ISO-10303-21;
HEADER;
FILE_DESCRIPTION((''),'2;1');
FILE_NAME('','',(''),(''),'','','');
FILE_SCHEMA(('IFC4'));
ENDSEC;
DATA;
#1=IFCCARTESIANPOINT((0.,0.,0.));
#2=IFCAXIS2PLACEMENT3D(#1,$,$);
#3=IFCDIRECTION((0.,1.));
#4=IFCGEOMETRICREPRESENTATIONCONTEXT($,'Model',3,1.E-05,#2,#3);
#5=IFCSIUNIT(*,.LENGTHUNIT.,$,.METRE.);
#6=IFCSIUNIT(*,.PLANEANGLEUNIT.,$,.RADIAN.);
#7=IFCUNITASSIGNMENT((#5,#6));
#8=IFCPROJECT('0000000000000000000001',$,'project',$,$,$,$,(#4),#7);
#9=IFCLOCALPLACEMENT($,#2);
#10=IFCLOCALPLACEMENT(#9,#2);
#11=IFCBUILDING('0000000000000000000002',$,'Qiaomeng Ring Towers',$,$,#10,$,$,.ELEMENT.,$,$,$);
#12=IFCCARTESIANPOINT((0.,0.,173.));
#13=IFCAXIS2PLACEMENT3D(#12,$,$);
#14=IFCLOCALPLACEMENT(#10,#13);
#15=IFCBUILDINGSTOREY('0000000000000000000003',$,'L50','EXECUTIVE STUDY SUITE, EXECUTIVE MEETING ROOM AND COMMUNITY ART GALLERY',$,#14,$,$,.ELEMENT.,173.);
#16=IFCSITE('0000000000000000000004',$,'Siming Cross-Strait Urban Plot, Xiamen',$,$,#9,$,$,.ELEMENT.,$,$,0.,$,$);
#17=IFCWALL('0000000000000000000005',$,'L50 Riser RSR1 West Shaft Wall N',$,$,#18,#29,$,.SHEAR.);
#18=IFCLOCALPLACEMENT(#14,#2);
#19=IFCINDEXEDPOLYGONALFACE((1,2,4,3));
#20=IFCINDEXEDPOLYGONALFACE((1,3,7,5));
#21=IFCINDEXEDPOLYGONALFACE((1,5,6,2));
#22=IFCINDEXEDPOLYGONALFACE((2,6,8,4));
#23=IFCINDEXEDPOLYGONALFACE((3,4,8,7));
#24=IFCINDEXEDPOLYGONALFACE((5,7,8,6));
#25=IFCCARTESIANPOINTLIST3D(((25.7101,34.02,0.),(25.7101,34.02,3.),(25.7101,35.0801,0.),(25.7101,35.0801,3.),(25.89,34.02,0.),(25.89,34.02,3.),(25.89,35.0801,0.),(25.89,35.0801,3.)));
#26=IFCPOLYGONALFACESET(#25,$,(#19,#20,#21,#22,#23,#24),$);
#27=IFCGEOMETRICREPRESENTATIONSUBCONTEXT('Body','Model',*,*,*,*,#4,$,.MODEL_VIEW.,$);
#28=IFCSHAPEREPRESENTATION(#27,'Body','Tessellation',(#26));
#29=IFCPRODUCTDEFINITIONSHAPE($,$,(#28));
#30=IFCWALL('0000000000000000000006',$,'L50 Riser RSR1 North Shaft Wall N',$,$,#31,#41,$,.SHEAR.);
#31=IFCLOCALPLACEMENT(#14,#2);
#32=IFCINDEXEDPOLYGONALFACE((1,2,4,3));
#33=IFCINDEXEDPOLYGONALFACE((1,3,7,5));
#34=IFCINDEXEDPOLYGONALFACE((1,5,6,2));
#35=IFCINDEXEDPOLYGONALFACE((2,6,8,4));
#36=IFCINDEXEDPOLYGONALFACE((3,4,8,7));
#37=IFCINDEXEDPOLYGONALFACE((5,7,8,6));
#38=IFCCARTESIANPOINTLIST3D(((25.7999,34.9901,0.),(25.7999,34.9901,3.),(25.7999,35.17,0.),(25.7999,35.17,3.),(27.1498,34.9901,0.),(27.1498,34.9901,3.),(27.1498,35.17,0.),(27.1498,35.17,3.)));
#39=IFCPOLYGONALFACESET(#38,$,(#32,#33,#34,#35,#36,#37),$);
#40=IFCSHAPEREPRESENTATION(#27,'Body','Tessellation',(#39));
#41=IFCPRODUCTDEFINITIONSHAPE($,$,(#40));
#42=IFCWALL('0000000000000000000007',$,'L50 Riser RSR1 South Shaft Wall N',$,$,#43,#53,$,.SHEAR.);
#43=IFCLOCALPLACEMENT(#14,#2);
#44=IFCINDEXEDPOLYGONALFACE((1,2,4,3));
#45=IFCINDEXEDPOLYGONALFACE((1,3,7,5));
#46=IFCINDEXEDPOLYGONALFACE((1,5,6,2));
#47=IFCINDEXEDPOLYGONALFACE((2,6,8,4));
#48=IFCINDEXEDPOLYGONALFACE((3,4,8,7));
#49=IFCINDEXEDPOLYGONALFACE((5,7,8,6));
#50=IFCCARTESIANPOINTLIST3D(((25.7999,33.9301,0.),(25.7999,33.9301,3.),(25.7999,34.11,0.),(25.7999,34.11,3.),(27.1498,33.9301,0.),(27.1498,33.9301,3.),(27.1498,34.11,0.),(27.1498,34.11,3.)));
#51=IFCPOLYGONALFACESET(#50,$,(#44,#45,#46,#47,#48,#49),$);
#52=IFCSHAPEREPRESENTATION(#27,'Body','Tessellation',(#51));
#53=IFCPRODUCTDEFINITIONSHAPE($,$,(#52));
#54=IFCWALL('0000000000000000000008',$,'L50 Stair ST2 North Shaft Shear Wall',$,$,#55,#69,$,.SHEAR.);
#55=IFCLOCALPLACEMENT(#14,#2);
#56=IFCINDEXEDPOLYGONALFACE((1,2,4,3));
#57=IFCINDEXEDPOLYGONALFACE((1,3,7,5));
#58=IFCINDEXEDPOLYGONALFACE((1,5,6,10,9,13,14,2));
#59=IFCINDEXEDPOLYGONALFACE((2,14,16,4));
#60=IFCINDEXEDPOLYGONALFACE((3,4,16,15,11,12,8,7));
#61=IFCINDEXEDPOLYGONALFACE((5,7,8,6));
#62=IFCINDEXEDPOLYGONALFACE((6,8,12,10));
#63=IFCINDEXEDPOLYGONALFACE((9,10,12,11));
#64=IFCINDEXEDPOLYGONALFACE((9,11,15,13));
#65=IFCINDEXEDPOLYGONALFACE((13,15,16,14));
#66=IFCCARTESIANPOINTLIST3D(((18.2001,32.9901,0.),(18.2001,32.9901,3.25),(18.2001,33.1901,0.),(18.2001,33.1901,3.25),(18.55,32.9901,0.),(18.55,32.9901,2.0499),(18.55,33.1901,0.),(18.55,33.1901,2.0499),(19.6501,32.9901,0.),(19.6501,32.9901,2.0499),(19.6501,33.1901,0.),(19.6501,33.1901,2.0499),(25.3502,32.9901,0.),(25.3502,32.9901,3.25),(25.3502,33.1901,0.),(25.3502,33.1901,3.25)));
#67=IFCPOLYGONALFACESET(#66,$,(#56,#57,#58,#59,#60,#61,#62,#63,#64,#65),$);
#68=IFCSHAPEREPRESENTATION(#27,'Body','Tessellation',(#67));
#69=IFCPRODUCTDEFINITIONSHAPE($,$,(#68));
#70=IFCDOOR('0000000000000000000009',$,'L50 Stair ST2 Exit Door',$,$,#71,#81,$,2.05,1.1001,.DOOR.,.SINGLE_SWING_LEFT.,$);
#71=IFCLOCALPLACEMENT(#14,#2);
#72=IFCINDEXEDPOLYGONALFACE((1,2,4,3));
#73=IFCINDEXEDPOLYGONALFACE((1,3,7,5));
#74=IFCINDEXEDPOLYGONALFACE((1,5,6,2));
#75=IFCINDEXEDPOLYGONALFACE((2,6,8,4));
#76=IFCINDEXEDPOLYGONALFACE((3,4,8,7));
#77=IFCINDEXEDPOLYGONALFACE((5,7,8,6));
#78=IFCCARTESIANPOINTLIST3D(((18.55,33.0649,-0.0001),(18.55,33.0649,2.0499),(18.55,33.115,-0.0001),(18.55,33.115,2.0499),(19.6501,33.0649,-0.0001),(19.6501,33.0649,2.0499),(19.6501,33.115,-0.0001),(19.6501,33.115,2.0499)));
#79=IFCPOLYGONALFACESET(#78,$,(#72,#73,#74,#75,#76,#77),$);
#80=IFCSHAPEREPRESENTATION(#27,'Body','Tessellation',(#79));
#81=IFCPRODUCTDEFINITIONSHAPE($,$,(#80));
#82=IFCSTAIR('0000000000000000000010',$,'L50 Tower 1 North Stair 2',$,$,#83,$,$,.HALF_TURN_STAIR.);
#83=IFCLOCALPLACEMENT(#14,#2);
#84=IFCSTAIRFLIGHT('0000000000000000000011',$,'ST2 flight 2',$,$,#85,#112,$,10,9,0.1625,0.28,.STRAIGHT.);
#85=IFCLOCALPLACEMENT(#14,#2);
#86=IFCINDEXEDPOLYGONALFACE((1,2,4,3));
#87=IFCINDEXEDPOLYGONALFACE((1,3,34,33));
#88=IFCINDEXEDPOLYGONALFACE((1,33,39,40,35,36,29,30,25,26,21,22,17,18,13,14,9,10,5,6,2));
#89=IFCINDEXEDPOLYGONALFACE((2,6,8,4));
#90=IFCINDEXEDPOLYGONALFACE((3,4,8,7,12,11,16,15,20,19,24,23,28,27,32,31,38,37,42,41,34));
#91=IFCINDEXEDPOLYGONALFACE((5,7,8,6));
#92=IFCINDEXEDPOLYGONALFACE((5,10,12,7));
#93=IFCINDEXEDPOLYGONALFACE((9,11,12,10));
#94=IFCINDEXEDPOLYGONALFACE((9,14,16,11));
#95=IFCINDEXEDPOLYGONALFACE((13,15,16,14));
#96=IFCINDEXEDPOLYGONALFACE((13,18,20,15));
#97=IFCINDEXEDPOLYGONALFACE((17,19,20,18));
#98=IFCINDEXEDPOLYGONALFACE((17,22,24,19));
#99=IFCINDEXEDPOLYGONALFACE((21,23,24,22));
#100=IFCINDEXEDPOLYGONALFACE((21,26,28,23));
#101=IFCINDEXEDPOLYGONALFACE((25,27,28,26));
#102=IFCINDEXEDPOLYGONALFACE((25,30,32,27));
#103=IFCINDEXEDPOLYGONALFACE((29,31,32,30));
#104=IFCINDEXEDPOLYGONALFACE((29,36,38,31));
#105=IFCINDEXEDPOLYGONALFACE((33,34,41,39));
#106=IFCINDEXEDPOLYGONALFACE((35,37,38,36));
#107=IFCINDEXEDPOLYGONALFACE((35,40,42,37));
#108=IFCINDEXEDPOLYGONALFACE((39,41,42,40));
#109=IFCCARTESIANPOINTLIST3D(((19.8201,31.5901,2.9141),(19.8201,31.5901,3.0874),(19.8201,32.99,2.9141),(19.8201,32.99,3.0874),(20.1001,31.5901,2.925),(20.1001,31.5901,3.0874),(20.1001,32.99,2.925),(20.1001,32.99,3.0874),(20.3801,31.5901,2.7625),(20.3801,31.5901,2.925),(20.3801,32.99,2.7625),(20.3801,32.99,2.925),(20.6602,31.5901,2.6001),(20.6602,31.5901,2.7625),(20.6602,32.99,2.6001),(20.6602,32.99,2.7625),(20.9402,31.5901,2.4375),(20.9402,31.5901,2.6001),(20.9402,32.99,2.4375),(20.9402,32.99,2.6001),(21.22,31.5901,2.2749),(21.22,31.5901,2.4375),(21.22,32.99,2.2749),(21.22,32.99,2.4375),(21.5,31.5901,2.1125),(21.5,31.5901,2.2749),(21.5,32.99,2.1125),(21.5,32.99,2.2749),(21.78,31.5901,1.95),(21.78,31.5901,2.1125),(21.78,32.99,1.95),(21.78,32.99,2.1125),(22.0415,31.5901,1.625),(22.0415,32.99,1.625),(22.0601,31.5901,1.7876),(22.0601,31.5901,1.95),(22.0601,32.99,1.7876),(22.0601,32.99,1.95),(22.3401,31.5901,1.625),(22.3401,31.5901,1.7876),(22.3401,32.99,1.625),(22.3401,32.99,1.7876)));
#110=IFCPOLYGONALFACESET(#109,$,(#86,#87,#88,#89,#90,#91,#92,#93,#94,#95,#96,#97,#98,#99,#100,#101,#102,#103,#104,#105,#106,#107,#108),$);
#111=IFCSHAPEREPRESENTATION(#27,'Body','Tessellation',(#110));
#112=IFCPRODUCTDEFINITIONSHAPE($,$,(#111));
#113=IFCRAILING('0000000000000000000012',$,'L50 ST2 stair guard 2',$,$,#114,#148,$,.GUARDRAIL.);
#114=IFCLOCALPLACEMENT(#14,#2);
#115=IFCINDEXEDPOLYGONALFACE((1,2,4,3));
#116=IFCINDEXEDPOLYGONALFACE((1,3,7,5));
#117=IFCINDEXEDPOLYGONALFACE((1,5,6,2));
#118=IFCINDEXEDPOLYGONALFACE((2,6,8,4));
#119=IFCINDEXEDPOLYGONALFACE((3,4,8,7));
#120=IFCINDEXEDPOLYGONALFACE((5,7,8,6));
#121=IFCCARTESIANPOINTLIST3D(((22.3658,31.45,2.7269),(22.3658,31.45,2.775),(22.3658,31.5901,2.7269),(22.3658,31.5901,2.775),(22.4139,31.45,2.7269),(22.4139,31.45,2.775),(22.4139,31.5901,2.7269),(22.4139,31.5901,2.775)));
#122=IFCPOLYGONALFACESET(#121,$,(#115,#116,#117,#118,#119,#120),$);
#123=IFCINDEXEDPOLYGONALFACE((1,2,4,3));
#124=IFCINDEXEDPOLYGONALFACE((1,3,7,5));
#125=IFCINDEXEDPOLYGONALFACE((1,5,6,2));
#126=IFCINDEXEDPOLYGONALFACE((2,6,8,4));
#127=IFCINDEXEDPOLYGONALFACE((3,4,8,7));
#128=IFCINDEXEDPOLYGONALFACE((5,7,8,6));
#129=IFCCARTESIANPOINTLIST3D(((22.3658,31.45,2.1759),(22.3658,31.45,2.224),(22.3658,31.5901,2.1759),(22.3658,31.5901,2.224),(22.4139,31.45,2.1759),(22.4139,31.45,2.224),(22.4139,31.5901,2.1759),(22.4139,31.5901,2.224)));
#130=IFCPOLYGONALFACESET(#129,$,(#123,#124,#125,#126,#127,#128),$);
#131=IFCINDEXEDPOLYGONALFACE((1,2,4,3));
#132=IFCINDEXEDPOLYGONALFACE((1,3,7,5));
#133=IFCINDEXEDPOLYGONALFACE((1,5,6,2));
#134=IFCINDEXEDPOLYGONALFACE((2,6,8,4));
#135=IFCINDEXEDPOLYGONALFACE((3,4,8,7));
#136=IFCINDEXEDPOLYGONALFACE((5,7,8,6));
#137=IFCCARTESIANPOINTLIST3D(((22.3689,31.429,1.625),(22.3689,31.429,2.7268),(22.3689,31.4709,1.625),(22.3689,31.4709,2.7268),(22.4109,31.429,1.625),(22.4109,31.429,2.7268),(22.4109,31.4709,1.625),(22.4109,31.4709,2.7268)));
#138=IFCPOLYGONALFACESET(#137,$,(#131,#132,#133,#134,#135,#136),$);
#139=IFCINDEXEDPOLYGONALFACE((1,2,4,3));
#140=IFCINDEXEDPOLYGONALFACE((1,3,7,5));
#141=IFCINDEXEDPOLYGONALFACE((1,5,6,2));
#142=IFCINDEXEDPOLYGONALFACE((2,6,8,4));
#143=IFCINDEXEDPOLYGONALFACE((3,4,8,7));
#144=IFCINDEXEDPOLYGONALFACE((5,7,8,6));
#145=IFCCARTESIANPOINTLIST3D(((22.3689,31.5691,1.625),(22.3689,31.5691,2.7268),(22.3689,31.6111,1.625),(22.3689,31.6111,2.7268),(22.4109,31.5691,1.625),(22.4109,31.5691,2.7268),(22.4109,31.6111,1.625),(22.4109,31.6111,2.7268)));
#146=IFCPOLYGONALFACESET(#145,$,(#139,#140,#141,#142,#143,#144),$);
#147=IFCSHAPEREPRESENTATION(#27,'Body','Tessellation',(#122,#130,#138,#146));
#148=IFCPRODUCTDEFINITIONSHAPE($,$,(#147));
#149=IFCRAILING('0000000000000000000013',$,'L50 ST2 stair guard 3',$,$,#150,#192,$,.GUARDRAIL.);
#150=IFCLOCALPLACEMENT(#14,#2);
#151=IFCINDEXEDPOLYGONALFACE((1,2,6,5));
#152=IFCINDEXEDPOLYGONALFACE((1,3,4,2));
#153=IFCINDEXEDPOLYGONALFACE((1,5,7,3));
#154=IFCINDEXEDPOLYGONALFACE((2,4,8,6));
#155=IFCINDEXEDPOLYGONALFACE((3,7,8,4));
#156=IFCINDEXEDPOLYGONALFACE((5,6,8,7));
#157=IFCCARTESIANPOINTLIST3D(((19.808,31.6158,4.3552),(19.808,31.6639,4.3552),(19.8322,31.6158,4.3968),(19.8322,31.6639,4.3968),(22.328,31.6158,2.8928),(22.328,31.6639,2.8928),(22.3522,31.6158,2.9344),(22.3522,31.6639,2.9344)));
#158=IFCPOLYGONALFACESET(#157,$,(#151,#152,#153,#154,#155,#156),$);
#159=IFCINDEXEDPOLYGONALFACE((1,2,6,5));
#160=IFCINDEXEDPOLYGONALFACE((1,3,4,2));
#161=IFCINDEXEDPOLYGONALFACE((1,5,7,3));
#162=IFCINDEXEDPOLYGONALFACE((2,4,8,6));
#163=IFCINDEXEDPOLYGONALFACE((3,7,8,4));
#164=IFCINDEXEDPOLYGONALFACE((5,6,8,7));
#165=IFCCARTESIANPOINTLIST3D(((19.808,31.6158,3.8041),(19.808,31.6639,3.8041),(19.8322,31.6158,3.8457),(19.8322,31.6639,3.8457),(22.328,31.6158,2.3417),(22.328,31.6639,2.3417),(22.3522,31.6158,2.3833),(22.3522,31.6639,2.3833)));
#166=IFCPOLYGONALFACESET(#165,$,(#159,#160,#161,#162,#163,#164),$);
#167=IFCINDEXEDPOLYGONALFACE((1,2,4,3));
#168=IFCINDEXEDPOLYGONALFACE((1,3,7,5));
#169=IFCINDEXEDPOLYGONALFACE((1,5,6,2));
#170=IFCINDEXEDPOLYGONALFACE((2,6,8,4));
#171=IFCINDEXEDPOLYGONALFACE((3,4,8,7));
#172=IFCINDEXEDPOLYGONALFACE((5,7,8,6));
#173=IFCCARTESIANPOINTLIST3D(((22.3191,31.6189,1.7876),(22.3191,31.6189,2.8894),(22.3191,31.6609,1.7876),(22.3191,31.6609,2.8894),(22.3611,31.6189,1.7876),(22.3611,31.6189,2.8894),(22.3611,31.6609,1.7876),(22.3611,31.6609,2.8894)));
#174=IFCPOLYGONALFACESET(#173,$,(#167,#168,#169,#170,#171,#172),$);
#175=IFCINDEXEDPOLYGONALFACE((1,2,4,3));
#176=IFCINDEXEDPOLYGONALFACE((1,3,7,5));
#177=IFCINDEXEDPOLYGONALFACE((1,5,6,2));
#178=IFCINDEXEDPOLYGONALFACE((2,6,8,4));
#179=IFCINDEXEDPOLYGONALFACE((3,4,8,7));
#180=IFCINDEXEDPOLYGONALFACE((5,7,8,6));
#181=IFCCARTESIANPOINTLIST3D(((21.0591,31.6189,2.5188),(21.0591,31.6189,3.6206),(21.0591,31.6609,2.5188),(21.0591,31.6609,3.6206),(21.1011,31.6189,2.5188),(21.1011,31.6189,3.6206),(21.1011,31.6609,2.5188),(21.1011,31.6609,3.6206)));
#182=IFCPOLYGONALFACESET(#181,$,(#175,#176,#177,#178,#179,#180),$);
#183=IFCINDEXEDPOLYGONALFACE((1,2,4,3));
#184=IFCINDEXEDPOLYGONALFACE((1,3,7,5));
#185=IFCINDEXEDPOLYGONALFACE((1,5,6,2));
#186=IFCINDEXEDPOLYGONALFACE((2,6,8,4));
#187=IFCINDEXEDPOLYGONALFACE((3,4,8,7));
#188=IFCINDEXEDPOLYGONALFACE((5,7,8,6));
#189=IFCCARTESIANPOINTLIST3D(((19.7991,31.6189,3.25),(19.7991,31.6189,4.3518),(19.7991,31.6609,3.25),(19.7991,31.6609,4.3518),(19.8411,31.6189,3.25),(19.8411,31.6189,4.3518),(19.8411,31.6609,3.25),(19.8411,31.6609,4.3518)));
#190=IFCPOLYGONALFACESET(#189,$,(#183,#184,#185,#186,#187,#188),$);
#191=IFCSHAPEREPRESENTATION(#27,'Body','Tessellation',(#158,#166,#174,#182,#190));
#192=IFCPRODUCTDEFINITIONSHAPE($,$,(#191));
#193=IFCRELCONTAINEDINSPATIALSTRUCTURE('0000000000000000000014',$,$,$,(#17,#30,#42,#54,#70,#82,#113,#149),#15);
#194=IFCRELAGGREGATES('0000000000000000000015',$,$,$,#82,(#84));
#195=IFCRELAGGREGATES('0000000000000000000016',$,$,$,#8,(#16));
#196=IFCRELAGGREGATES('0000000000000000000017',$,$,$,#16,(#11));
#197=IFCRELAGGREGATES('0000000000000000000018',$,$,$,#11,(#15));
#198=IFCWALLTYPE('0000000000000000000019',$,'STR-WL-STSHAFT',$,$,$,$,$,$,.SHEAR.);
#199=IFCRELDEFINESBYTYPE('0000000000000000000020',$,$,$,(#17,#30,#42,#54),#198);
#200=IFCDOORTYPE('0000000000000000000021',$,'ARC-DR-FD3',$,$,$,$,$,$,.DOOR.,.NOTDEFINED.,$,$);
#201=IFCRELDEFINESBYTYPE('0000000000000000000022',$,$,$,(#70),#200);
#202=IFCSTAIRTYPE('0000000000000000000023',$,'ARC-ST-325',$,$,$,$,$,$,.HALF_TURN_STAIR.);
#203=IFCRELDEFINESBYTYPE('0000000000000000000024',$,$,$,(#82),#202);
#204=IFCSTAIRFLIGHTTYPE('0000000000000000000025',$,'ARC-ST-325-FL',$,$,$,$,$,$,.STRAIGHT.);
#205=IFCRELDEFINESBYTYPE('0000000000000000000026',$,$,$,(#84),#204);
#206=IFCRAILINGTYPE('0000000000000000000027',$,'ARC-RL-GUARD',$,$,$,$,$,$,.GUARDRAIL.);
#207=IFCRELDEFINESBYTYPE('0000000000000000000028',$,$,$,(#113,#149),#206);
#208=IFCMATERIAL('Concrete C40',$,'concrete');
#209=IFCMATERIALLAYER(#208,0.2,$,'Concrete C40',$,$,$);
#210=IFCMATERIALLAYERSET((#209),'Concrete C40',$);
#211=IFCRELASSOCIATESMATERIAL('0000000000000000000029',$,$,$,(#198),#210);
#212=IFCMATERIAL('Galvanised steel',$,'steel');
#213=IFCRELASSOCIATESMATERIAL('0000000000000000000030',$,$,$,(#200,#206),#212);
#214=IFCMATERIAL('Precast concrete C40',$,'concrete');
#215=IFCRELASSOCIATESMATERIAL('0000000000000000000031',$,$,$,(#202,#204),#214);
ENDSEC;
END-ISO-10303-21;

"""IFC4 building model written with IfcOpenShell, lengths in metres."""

from ifc_helpers import new_model, si_unit, direction, frame, frame_2d, origin, origin_2d, place, context, subcontext, project, spatial, polyline, rectangle, outline, extrude, source, transform, mapped, material, layer, layer_set, type_object, element, fill, aggregate, save


model = new_model("IFC4")

# Units and contexts
model_context = context("Model", 3, precision=1e-05, world=origin(), true_north=direction((0.0, 1.0)))
body_context = subcontext(model_context, "Body", "Model", "MODEL_VIEW")
ifc_project = project(units=[si_unit("LENGTHUNIT", "METRE"), si_unit("PLANEANGLEUNIT", "RADIAN")], contexts=[model_context])

# Site, building, storey
site_placement = place(None, origin())
site = spatial("IfcSite", under=ifc_project, at=site_placement, Name="Siming Cross-Strait Urban Plot, Xiamen", CompositionType="ELEMENT", RefElevation=0.0)
building_placement = place(site_placement, origin())
building = spatial("IfcBuilding", under=site, at=building_placement, Name="Qiaomeng Ring Towers", CompositionType="ELEMENT")
storey_placement = place(building_placement, frame((0.0, 0.0, 173.0)))
storey = spatial("IfcBuildingStorey", under=building, at=storey_placement, Name="L50", Description="EXECUTIVE STUDY SUITE, EXECUTIVE MEETING ROOM AND COMMUNITY ART GALLERY", CompositionType="ELEMENT", Elevation=173.0)

# Shared definitions
ifc_material_1 = material(Name="Precast concrete C40", Category="concrete")

# Walls
ifc_material_2 = material(Name="Concrete C40", Category="concrete")
ifc_layer_1 = layer(ifc_material_2, 0.2, Name="Concrete C40")
ifc_layer_set_1 = layer_set([ifc_layer_1], Name="Concrete C40")
wall_type_1 = type_object("IfcWallType", Name="STR-WL-STSHAFT", PredefinedType="SHEAR", material=ifc_layer_set_1)
wall_1_placement = place(storey_placement, frame((25.8, 34.02, 0.0), z_axis=(0.0, 0.0, 1.0), x_axis=(0.0, 1.0, 0.0)))
element("IfcWall", 1, at=wall_1_placement, inside=storey, type_object=wall_type_1, Name="L50 Riser RSR1 West Shaft Wall N", PredefinedType="SHEAR", context=body_context, shape_type="SweptSolid", body=[
    extrude(rectangle(XDim=1.0601, YDim=0.1799, at=frame_2d((0.53, 0.0))), origin(), (0.0, 0.0, 1.0), 3.0),
])
for number, where, z_axis, x_axis, name in (
    (2, (25.8, 35.0801, 0.0), (0.0, 0.0, 1.0), (1.0, 0.0, 0.0), "L50 Riser RSR1 North Shaft Wall N"),
    (3, (25.8, 34.02, 0.0), (0.0, 0.0, 1.0), (1.0, 0.0, 0.0), "L50 Riser RSR1 South Shaft Wall N"),
):
    element("IfcWall", number, at=place(storey_placement, frame(where, z_axis=z_axis, x_axis=x_axis)), inside=storey, type_object=wall_type_1, Name=name, PredefinedType="SHEAR", context=body_context, shape_type="SweptSolid", body=[
        extrude(rectangle(XDim=1.3499, YDim=0.1799, at=frame_2d((0.6748, 0.0))), origin(), (0.0, 0.0, 1.0), 3.0),
    ])

# Wall, opening, door
wall_2_placement = place(storey_placement, frame((18.2, 33.0901, 0.0), z_axis=(0.0, 0.0, 1.0), x_axis=(1.0, 0.0, 0.0)))
wall_2 = element("IfcWall", 4, at=wall_2_placement, inside=storey, type_object=wall_type_1, Name="L50 Stair ST2 North Shaft Shear Wall", PredefinedType="SHEAR", context=body_context, shape_type="SweptSolid", body=[
    extrude(rectangle(XDim=7.1501, YDim=0.2, at=frame_2d((3.5752, 0.0))), origin(), (0.0, 0.0, 1.0), 3.25),
])
opening_1_placement = place(wall_2_placement, frame((0.3501, 0.0, 0.0)))
opening_1 = element("IfcOpeningElement", 5, at=opening_1_placement, cuts=wall_2, PredefinedType="OPENING", context=body_context, shape_type="SweptSolid", body=[
    extrude(rectangle(XDim=1.1001, YDim=2.05, at=frame_2d((0.55, 1.0249))), frame((0.0, 0.1099, 0.0), z_axis=(0.0, -1.0, 0.0), x_axis=(1.0, 0.0, 0.0)), (0.0, 0.0, 1.0), 0.22),
])
ifc_material_3 = material(Name="Galvanised steel", Category="steel")
door_type_1 = type_object("IfcDoorType", Name="ARC-DR-FD3", OperationType="NOTDEFINED", PredefinedType="DOOR", material=ifc_material_3)
shared_shape_1 = source(origin(), body_context, "Body", "SweptSolid", [
    extrude(rectangle(XDim=1.1001, YDim=2.05, at=frame_2d((0.55, 1.0249))), frame((0.0, 0.0249, 0.0), z_axis=(0.0, -1.0, 0.0), x_axis=(1.0, 0.0, 0.0)), (0.0, 0.0, 1.0), 0.05),
])
door_1_placement = place(opening_1_placement, origin())
door_1 = element("IfcDoor", 6, at=door_1_placement, inside=storey, type_object=door_type_1, Name="L50 Stair ST2 Exit Door", OperationType="SINGLE_SWING_LEFT", OverallHeight=2.05, OverallWidth=1.1001, PredefinedType="DOOR", context=body_context, shape_type="MappedRepresentation", body=[
    mapped(shared_shape_1, transform((0.0, 0.0, 0.0), x_axis=(1.0, 0.0, 0.0), y_axis=(0.0, 1.0, 0.0), z_axis=(0.0, 0.0, 1.0), scale=1.0)),
])
fill(opening_1, door_1)

# Stair, stair flight
stair_type = type_object("IfcStairType", Name="ARC-ST-325", PredefinedType="HALF_TURN_STAIR", material=ifc_material_1)
stair_placement = place(storey_placement, origin())
stair = element("IfcStair", 7, at=stair_placement, inside=storey, type_object=stair_type, Name="L50 Tower 1 North Stair 2", PredefinedType="HALF_TURN_STAIR")
stair_flight_type = type_object("IfcStairFlightType", Name="ARC-ST-325-FL", PredefinedType="STRAIGHT", material=ifc_material_1)
shared_shape_2 = source(origin(), body_context, "Body", "SweptSolid", [
    extrude(outline(polyline([(0.0, 0.0), (0.0, 0.1626), (0.28, 0.1626), (0.28, 0.325), (0.5601, 0.325), (0.5601, 0.4875), (0.8401, 0.4875), (0.8401, 0.6499), (1.1201, 0.6499), (1.1201, 0.8125), (1.3999, 0.8125), (1.3999, 0.9751), (1.6799, 0.9751), (1.6799, 1.1375), (1.96, 1.1375), (1.96, 1.3), (2.24, 1.3), (2.24, 1.4624), (2.52, 1.4624), (2.52, 1.625), (2.52, 1.2891), (0.2986, 0.0), (0.0, 0.0)])), frame((0.0, 0.7, 0.0), z_axis=(0.0, -1.0, 0.0), x_axis=(1.0, 0.0, 0.0)), (0.0, 0.0, 1.0), 1.3999),
])
stair_flight_placement = place(storey_placement, frame((22.3401, 32.29, 1.625), z_axis=(0.0, 0.0, 1.0), x_axis=(-1.0, 0.0, 0.0)))
stair_flight = element("IfcStairFlight", 8, at=stair_flight_placement, type_object=stair_flight_type, Name="ST2 flight 2", NumberOfRisers=10, NumberOfTreads=9, PredefinedType="STRAIGHT", RiserHeight=0.1625, TreadLength=0.28, context=body_context, shape_type="MappedRepresentation", body=[
    mapped(shared_shape_2, transform((0.0, 0.0, 0.0), x_axis=(1.0, 0.0, 0.0), y_axis=(0.0, 1.0, 0.0), z_axis=(0.0, 0.0, 1.0), scale=1.0)),
])
aggregate(stair, [stair_flight])

# Railings
railing_type_1 = type_object("IfcRailingType", Name="ARC-RL-GUARD", PredefinedType="GUARDRAIL", material=ifc_material_3)
railing_1_placement = place(storey_placement, frame((22.3899, 31.45, 1.625)))
element("IfcRailing", 9, at=railing_1_placement, inside=storey, type_object=railing_type_1, Name="L50 ST2 stair guard 2", PredefinedType="GUARDRAIL", context=body_context, shape_type="SweptSolid", body=[
    extrude(rectangle(XDim=0.0481, YDim=0.0481, at=origin_2d()), frame((0.0, 0.0, 1.126), z_axis=(0.0, 1.0, 0.0), x_axis=(-1.0, 0.0, 0.0)), (0.0, 0.0, 1.0), 0.1401),
    extrude(rectangle(XDim=0.0481, YDim=0.0481, at=origin_2d()), frame((0.0, 0.0, 0.575), z_axis=(0.0, 1.0, 0.0), x_axis=(-1.0, 0.0, 0.0)), (0.0, 0.0, 1.0), 0.1401),
    extrude(rectangle(XDim=0.042, YDim=0.042, at=origin_2d()), origin(), (0.0, 0.0, 1.0), 1.1018),
    extrude(rectangle(XDim=0.042, YDim=0.042, at=origin_2d()), frame((0.0, 0.1401, 0.0)), (0.0, 0.0, 1.0), 1.1018),
])
railing_2_placement = place(storey_placement, frame((22.3401, 31.6399, 1.7876)))
element("IfcRailing", 10, at=railing_2_placement, inside=storey, type_object=railing_type_1, Name="L50 ST2 stair guard 3", PredefinedType="GUARDRAIL", context=body_context, shape_type="SweptSolid", body=[
    extrude(rectangle(XDim=0.0481, YDim=0.0481, at=origin_2d()), frame((0.0, 0.0, 1.126), z_axis=(-0.864913, 0.0, 0.501921), x_axis=(0.0, -1.0, 0.0)), (0.0, 0.0, 1.0), 2.9136),
    extrude(rectangle(XDim=0.0481, YDim=0.0481, at=origin_2d()), frame((0.0, 0.0, 0.575), z_axis=(-0.864913, 0.0, 0.501921), x_axis=(0.0, -1.0, 0.0)), (0.0, 0.0, 1.0), 2.9136),
    extrude(rectangle(XDim=0.042, YDim=0.042, at=origin_2d()), origin(), (0.0, 0.0, 1.0), 1.1018),
    extrude(rectangle(XDim=0.042, YDim=0.042, at=origin_2d()), frame((-1.26, 0.0, 0.7312)), (0.0, 0.0, 1.0), 1.1018),
    extrude(rectangle(XDim=0.042, YDim=0.042, at=origin_2d()), frame((-2.52, 0.0, 1.4624)), (0.0, 0.0, 1.0), 1.1018),
])

save(model, "model.ifc")
